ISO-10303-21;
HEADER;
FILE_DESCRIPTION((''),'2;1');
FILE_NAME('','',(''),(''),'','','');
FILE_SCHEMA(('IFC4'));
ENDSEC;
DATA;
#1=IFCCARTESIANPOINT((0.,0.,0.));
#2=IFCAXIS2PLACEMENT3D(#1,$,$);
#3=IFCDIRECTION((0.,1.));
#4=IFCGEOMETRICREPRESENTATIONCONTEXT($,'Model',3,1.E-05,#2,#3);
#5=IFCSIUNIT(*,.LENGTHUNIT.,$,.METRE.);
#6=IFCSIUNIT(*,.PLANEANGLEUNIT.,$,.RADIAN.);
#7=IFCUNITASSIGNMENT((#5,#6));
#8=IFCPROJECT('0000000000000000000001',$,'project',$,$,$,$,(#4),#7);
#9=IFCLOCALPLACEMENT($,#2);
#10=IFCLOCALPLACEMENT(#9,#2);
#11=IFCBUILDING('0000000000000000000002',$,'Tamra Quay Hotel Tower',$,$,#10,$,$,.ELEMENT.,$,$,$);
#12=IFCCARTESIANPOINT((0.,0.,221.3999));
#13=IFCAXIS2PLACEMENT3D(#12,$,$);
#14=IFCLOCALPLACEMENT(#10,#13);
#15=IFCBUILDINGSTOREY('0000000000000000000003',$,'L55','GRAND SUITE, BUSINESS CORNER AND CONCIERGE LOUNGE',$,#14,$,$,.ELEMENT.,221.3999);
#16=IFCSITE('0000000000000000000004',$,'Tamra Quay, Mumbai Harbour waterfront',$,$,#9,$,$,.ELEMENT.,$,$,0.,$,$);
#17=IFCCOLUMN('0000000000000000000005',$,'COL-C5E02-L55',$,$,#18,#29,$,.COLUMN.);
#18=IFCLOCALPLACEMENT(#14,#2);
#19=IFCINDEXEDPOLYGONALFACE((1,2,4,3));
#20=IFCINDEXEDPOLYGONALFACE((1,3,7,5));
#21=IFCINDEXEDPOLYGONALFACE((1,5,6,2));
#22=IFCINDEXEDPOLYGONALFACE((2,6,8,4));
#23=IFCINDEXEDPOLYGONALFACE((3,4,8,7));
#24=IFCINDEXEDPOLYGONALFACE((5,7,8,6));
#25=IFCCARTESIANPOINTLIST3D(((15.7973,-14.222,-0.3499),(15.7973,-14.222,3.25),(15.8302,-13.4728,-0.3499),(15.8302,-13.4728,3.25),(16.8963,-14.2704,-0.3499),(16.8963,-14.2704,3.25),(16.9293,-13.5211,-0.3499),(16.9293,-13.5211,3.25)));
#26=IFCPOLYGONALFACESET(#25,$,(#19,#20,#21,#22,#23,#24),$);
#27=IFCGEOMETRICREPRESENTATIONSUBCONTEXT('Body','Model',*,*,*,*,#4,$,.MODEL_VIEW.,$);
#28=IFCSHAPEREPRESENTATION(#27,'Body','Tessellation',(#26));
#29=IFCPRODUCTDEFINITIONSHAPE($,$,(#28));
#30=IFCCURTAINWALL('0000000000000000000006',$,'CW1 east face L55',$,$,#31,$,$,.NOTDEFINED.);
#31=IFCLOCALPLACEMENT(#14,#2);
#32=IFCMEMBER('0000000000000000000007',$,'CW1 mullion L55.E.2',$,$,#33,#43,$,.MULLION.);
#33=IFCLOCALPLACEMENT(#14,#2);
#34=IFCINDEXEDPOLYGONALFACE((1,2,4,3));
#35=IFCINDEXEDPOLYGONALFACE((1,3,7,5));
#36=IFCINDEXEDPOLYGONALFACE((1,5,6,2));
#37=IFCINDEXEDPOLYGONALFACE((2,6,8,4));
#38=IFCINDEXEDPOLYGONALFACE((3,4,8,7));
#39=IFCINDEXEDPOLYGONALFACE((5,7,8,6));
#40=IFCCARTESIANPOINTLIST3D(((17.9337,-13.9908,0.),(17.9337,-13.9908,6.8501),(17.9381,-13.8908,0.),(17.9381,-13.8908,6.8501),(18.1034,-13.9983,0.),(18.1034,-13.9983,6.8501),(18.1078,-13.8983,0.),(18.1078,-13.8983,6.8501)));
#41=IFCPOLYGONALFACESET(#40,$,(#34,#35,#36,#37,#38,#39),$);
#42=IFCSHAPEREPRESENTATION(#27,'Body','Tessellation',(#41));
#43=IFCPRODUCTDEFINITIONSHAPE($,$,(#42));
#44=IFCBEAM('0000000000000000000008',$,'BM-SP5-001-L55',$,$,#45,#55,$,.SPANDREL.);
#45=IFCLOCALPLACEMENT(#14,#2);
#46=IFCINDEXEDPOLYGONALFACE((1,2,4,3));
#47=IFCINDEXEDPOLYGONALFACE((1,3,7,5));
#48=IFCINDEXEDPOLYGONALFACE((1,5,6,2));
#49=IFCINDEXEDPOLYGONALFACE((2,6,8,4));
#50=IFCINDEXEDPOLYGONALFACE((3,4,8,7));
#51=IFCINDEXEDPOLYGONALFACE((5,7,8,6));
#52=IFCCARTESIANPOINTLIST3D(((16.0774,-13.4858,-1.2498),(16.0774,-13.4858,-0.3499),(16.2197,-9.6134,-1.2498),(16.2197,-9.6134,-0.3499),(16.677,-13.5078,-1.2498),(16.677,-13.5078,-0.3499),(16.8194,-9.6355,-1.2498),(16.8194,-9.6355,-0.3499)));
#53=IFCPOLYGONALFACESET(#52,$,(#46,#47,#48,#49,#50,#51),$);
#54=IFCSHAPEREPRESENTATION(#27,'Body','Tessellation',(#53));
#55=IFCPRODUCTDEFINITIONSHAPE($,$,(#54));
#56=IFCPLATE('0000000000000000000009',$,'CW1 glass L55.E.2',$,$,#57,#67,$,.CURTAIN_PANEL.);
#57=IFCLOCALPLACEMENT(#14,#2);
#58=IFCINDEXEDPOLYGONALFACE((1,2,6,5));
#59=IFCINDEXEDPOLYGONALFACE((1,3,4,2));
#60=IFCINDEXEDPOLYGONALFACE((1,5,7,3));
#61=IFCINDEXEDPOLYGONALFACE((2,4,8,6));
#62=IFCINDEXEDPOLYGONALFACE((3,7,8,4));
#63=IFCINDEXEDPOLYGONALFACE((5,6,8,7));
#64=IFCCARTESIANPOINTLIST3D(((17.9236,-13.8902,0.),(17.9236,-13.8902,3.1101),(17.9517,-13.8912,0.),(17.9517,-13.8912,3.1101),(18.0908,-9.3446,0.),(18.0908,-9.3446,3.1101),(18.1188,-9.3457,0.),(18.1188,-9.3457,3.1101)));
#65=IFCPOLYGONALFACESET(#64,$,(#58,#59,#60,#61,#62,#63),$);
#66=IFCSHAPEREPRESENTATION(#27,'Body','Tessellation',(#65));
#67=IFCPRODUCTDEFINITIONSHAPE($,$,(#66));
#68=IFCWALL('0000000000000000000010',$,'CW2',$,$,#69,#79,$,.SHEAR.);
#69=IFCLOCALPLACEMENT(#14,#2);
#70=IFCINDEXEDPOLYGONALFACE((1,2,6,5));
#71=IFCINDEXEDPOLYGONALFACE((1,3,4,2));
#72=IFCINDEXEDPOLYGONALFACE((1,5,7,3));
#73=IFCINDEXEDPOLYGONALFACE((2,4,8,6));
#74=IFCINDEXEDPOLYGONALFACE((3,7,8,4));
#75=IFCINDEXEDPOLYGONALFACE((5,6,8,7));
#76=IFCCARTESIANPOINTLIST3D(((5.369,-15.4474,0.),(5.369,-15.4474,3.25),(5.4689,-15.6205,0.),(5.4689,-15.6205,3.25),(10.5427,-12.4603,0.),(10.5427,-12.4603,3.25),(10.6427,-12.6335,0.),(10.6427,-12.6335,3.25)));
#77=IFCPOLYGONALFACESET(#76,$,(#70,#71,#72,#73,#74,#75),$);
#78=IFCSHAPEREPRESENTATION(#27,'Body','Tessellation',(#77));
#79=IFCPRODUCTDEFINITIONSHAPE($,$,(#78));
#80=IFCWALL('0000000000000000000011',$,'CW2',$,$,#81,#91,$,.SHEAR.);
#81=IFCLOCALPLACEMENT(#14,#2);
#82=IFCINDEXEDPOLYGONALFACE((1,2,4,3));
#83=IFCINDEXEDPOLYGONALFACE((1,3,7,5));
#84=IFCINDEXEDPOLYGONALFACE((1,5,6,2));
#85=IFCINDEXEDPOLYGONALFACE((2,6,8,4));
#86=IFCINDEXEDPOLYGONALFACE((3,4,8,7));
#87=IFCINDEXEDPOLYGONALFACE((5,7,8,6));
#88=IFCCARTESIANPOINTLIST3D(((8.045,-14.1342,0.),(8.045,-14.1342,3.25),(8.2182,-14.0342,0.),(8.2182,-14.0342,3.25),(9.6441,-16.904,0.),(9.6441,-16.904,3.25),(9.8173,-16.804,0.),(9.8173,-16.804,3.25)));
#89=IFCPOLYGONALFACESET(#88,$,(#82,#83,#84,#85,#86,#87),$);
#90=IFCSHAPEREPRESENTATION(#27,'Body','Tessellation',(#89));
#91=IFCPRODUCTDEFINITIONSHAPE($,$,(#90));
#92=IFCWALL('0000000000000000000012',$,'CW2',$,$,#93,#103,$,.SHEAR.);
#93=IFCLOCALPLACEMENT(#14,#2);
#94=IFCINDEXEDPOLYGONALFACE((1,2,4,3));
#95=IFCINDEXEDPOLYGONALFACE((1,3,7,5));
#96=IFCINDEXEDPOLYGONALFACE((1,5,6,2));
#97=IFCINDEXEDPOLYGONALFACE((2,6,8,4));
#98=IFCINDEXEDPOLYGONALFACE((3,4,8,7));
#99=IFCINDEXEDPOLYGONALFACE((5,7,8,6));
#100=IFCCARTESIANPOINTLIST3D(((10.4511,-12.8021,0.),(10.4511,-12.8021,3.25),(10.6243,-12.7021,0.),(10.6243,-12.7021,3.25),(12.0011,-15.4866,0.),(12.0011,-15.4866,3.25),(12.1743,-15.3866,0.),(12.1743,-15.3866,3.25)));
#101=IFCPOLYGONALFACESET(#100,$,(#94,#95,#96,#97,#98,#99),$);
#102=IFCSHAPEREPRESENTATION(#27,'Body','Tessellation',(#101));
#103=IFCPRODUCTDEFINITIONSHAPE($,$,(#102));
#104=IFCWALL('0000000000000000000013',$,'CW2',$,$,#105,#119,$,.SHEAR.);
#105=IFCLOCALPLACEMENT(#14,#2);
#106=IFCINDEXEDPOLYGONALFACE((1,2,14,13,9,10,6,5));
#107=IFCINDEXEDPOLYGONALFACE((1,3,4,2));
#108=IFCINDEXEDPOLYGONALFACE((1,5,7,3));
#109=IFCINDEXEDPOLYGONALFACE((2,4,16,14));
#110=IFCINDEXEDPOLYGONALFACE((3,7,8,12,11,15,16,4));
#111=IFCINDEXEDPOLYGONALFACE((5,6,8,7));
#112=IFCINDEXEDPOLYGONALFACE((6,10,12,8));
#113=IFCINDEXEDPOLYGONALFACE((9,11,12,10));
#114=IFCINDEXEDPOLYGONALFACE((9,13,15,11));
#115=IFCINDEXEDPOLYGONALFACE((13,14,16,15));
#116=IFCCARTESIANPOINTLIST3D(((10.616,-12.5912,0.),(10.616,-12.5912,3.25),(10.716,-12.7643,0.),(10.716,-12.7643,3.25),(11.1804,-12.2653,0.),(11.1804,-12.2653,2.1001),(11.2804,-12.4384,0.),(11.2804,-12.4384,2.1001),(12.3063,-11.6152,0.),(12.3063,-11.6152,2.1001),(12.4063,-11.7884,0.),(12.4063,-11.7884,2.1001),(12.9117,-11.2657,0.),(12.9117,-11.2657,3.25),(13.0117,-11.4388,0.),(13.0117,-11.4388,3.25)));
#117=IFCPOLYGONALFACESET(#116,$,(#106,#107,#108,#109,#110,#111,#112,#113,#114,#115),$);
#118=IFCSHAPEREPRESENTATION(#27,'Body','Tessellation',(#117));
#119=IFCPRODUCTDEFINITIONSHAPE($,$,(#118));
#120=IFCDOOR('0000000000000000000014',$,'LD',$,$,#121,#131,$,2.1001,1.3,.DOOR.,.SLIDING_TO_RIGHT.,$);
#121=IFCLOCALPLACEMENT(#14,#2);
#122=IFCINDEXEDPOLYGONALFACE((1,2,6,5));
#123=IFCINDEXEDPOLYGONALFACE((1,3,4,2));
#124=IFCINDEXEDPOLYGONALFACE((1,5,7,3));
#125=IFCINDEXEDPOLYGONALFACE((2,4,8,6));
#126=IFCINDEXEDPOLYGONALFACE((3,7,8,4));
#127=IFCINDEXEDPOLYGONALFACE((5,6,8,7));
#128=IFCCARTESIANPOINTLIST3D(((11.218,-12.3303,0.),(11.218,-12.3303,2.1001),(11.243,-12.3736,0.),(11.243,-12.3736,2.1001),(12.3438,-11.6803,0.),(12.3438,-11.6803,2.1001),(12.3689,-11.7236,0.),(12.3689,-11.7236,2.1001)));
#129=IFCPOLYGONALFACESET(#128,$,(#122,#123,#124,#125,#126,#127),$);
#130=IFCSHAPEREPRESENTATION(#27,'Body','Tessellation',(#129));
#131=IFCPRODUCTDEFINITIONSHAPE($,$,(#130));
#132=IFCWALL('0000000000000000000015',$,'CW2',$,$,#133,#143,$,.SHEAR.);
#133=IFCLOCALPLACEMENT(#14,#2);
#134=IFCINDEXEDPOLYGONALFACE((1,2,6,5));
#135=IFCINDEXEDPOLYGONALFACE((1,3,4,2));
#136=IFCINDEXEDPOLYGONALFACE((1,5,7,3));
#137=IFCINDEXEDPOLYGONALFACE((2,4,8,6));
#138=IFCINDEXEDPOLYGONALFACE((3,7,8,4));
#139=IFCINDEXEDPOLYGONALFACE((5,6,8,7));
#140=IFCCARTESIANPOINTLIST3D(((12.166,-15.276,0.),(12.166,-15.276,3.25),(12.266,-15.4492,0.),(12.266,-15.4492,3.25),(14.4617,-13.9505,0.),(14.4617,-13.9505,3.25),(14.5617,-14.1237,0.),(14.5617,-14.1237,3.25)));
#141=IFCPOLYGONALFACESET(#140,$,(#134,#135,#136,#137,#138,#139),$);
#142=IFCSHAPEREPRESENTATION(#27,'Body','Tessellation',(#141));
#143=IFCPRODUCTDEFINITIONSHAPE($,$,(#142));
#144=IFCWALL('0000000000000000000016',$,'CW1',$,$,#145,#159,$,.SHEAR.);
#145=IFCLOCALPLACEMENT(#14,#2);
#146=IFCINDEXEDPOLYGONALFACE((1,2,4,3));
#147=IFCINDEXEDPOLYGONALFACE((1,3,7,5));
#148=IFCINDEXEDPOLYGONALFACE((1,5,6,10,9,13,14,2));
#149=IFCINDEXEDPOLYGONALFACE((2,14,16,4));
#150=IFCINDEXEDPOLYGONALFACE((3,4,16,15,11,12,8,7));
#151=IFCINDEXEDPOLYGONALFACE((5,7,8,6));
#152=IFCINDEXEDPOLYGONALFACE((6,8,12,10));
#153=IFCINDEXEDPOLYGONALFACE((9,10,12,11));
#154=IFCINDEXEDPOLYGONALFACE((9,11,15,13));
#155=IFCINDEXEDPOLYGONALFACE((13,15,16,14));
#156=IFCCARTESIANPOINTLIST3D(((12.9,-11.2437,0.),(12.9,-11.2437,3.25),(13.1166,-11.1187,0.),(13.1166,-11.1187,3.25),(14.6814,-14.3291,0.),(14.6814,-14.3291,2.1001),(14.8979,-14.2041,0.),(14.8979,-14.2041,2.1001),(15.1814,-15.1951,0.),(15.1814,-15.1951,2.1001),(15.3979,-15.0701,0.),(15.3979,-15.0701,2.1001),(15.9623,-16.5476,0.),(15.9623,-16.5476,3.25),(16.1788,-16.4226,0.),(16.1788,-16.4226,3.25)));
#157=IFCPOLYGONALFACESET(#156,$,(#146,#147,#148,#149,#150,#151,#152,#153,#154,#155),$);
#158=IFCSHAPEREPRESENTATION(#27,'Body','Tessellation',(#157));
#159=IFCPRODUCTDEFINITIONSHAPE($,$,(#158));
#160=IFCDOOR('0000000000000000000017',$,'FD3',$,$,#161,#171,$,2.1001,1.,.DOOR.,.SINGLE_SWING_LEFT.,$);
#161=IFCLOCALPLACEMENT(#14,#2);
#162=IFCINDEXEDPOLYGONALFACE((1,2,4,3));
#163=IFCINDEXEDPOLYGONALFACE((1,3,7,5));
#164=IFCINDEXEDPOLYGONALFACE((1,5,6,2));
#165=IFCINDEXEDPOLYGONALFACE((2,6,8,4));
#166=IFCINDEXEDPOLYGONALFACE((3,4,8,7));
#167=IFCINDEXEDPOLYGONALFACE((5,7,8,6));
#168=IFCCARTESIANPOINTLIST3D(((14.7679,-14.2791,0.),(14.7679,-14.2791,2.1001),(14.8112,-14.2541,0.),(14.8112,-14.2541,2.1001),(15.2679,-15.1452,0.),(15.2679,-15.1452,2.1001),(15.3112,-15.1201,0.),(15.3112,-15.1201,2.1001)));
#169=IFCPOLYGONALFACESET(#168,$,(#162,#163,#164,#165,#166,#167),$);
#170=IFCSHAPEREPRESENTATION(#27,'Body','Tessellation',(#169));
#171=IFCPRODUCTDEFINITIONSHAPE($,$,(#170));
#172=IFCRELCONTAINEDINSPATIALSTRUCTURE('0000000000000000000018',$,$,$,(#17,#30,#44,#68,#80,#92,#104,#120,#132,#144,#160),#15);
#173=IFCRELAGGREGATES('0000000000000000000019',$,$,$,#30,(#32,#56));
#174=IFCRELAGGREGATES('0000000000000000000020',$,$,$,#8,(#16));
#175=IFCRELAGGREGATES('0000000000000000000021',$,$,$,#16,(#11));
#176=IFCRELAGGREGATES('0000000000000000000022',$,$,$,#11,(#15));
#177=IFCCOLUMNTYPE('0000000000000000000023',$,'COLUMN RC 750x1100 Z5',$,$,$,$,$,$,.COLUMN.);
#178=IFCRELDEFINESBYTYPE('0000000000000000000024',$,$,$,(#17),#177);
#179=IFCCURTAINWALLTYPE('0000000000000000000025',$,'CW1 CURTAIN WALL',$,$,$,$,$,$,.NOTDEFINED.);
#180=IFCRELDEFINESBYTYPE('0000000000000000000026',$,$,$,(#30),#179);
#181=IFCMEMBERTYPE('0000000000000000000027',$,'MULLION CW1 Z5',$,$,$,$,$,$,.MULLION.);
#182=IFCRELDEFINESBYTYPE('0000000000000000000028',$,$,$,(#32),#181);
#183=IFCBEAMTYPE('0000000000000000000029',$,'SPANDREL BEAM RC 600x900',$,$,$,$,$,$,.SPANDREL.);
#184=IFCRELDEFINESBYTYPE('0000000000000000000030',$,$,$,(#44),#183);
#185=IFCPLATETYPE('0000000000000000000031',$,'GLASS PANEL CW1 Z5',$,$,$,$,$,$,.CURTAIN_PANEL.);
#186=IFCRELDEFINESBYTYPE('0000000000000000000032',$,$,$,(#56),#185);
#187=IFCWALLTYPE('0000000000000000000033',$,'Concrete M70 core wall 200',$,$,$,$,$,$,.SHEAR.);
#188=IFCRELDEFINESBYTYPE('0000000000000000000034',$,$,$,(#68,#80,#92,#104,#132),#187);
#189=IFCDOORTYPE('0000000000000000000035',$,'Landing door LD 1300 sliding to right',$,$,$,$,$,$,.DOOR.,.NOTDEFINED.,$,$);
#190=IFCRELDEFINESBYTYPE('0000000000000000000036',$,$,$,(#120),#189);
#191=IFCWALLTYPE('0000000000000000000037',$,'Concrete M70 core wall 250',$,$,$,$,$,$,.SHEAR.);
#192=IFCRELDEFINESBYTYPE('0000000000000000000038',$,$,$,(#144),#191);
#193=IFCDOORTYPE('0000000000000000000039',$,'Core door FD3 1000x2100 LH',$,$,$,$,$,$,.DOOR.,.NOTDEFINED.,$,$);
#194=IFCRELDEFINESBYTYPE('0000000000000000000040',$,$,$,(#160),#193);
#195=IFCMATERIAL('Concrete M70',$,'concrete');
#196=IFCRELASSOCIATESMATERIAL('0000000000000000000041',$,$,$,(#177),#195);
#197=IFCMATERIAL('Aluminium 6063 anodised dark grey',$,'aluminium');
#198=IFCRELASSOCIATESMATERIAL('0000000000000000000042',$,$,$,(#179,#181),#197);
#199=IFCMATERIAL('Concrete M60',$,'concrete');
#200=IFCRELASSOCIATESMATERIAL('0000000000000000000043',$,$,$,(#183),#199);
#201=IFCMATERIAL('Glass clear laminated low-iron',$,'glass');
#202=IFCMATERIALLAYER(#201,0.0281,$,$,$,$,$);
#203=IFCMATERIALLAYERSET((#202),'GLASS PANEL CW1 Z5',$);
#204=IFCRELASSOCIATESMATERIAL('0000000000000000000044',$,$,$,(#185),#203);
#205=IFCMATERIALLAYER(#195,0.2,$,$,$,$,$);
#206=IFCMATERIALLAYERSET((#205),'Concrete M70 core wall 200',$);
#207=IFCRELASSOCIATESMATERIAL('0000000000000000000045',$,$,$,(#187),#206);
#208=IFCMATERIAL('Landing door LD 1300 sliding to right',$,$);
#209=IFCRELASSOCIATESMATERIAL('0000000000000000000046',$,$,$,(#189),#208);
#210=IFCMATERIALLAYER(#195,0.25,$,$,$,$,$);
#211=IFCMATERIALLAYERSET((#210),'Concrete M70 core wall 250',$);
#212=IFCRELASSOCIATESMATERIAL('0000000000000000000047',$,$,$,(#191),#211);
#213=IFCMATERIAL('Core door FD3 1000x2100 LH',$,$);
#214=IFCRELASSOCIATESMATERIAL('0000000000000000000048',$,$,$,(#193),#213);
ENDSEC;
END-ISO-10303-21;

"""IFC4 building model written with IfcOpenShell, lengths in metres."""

from ifc_helpers import new_model, si_unit, direction, frame, frame_2d, origin, origin_2d, place, context, subcontext, project, spatial, rectangle, extrude, material, layer, layer_set, material_profile, profile_set, type_object, element, fill, aggregate, save


model = new_model("IFC4")

# Units and contexts
model_context = context("Model", 3, precision=1e-05, world=origin(), true_north=direction((0.0, 1.0)))
body_context = subcontext(model_context, "Body", "Model", "MODEL_VIEW")
ifc_project = project(units=[si_unit("LENGTHUNIT", "METRE"), si_unit("PLANEANGLEUNIT", "RADIAN")], contexts=[model_context])

# Site, building, storey
site_placement = place(None, origin())
site = spatial("IfcSite", under=ifc_project, at=site_placement, Name="Tamra Quay, Mumbai Harbour waterfront", CompositionType="ELEMENT", RefElevation=0.0)
building_placement = place(site_placement, origin())
building = spatial("IfcBuilding", under=site, at=building_placement, Name="Tamra Quay Hotel Tower", CompositionType="ELEMENT")
storey_placement = place(building_placement, frame((0.0, 0.0, 221.3999)))
storey = spatial("IfcBuildingStorey", under=building, at=storey_placement, Name="L55", Description="GRAND SUITE, BUSINESS CORNER AND CONCIERGE LOUNGE", CompositionType="ELEMENT", Elevation=221.3999)

# Column
ifc_material_1 = material(Name="Concrete M70", Category="concrete")
ifc_material_profile_1 = material_profile(ifc_material_1, rectangle(XDim=1.1001, YDim=0.75, at=origin_2d()), Name="COLUMN RC 750x1100 Z5")
ifc_profile_set_1 = profile_set([ifc_material_profile_1], Name="Concrete M70")
column_type = type_object("IfcColumnType", Name="COLUMN RC 750x1100 Z5", PredefinedType="COLUMN", material=ifc_profile_set_1)
column_placement = place(storey_placement, frame((16.3633, -13.8716, -0.3499), z_axis=(0.0, 0.0, 1.0), x_axis=(-0.999033, 0.043958, 0.0)))
element("IfcColumn", 1, at=column_placement, inside=storey, type_object=column_type, Name="COL-C5E02-L55", PredefinedType="COLUMN", context=body_context, shape_type="SweptSolid", body=[
    extrude(rectangle(XDim=1.1001, YDim=0.75, at=origin_2d()), origin(), (0.0, 0.0, 1.0), 3.5999),
])

# Curtain wall, member
ifc_material_2 = material(Name="Aluminium 6063 anodised dark grey", Category="aluminium")
curtain_wall_type = type_object("IfcCurtainWallType", Name="CW1 CURTAIN WALL", PredefinedType="NOTDEFINED", material=ifc_material_2)
curtain_wall_placement = place(storey_placement, origin())
curtain_wall = element("IfcCurtainWall", 2, at=curtain_wall_placement, inside=storey, type_object=curtain_wall_type, Name="CW1 east face L55", PredefinedType="NOTDEFINED")
ifc_material_profile_2 = material_profile(ifc_material_2, rectangle(XDim=0.1699, YDim=0.1001, at=origin_2d()), Name="MULLION 100X170")
ifc_profile_set_2 = profile_set([ifc_material_profile_2], Name="Aluminium 6063 anodised dark grey")
member_type = type_object("IfcMemberType", Name="MULLION CW1 Z5", PredefinedType="MULLION", material=ifc_profile_set_2)
member_placement = place(storey_placement, frame((18.0208, -13.9446, 0.0), z_axis=(0.0, 0.0, 1.0), x_axis=(0.999028, -0.044075, 0.0)))
member = element("IfcMember", 3, at=member_placement, type_object=member_type, Name="CW1 mullion L55.E.2", PredefinedType="MULLION", context=body_context, shape_type="SweptSolid", body=[
    extrude(rectangle(XDim=0.1699, YDim=0.1001, at=origin_2d()), origin(), (0.0, 0.0, 1.0), 6.8501),
])

# Beam
ifc_material_3 = material(Name="Concrete M60", Category="concrete")
ifc_material_profile_3 = material_profile(ifc_material_3, rectangle(XDim=0.6001, YDim=0.8999, at=origin_2d()), Name="SPANDREL BEAM RC 600x900")
ifc_profile_set_3 = profile_set([ifc_material_profile_3], Name="Concrete M60")
beam_type = type_object("IfcBeamType", Name="SPANDREL BEAM RC 600x900", PredefinedType="SPANDREL", material=ifc_profile_set_3)
beam_placement = place(storey_placement, frame((16.3772, -13.4968, -0.7998), z_axis=(0.036732, 0.999325, 0.0), x_axis=(-0.999325, 0.036732, 0.0)))
element("IfcBeam", 4, at=beam_placement, inside=storey, type_object=beam_type, Name="BM-SP5-001-L55", PredefinedType="SPANDREL", context=body_context, shape_type="SweptSolid", body=[
    extrude(rectangle(XDim=0.6001, YDim=0.8999, at=origin_2d()), origin(), (0.0, 0.0, 1.0), 3.875),
])

# Plate
ifc_material_4 = material(Name="Glass clear laminated low-iron", Category="glass")
ifc_layer_1 = layer(ifc_material_4, 0.0281)
ifc_layer_set_1 = layer_set([ifc_layer_1], Name="GLASS PANEL CW1 Z5")
plate_type = type_object("IfcPlateType", Name="GLASS PANEL CW1 Z5", PredefinedType="CURTAIN_PANEL", material=ifc_layer_set_1)
plate_placement = place(storey_placement, frame((18.0212, -11.6179, 0.0), z_axis=(0.0, 0.0, 1.0), x_axis=(0.036745, 0.999325, 0.0)))
plate = element("IfcPlate", 5, at=plate_placement, type_object=plate_type, Name="CW1 glass L55.E.2", PredefinedType="CURTAIN_PANEL", context=body_context, shape_type="SweptSolid", body=[
    extrude(rectangle(XDim=4.5486, YDim=0.0281, at=origin_2d()), origin(), (0.0, 0.0, 1.0), 3.1101),
])
aggregate(curtain_wall, [member, plate])

# Walls
ifc_layer_2 = layer(ifc_material_1, 0.2)
ifc_layer_set_2 = layer_set([ifc_layer_2], Name="Concrete M70 core wall 200")
wall_type_1 = type_object("IfcWallType", Name="Concrete M70 core wall 200", PredefinedType="SHEAR", material=ifc_layer_set_2)
wall_1_placement = place(storey_placement, frame((5.4189, -15.5339, 0.0), z_axis=(0.0, 0.0, 1.0), x_axis=(0.866029, 0.499994, 0.0)))
element("IfcWall", 6, at=wall_1_placement, inside=storey, type_object=wall_type_1, Name="CW2", PredefinedType="SHEAR", context=body_context, shape_type="SweptSolid", body=[
    extrude(rectangle(XDim=5.9741, YDim=0.2, at=frame_2d((2.9871, 0.0))), origin(), (0.0, 0.0, 1.0), 3.25),
])
wall_2_placement = place(storey_placement, frame((8.1316, -14.0842, 0.0), z_axis=(0.0, 0.0, 1.0), x_axis=(0.499998, -0.866027, 0.0)))
element("IfcWall", 7, at=wall_2_placement, inside=storey, type_object=wall_type_1, Name="CW2", PredefinedType="SHEAR", context=body_context, shape_type="SweptSolid", body=[
    extrude(rectangle(XDim=3.1982, YDim=0.2, at=frame_2d((1.5991, 0.0))), origin(), (0.0, 0.0, 1.0), 3.25),
])
wall_3_placement = place(storey_placement, frame((12.0876, -15.4365, 0.0), z_axis=(0.0, 0.0, 1.0), x_axis=(-0.500027, 0.86601, 0.0)))
element("IfcWall", 8, at=wall_3_placement, inside=storey, type_object=wall_type_1, Name="CW2", PredefinedType="SHEAR", context=body_context, shape_type="SweptSolid", body=[
    extrude(rectangle(XDim=3.0999, YDim=0.2, at=frame_2d((1.5498, 0.0))), origin(), (0.0, 0.0, 1.0), 3.25),
])

# Wall, opening, door
wall_4_placement = place(storey_placement, frame((10.666, -12.6777, 0.0), z_axis=(0.0, 0.0, 1.0), x_axis=(0.866018, 0.500012, 0.0)))
wall_4 = element("IfcWall", 9, at=wall_4_placement, inside=storey, type_object=wall_type_1, Name="CW2", PredefinedType="SHEAR", context=body_context, shape_type="SweptSolid", body=[
    extrude(rectangle(XDim=2.6509, YDim=0.2, at=frame_2d((1.3254, 0.0))), origin(), (0.0, 0.0, 1.0), 3.25),
])
opening_1_placement = place(wall_4_placement, frame((0.6519, 0.0, 0.0)))
opening_1 = element("IfcOpeningElement", 10, at=opening_1_placement, cuts=wall_4, PredefinedType="OPENING", context=body_context, shape_type="SweptSolid", body=[
    extrude(rectangle(XDim=1.3, YDim=2.1001, at=frame_2d((0.6499, 1.05))), frame((0.0, 0.1099, 0.0), z_axis=(0.0, -1.0, 0.0), x_axis=(1.0, 0.0, 0.0)), (0.0, 0.0, 1.0), 0.22),
])
ifc_material_5 = material(Name="Landing door LD 1300 sliding to right")
door_type_1 = type_object("IfcDoorType", Name="Landing door LD 1300 sliding to right", OperationType="NOTDEFINED", PredefinedType="DOOR", material=ifc_material_5)
door_1_placement = place(opening_1_placement, origin())
door_1 = element("IfcDoor", 11, at=door_1_placement, inside=storey, type_object=door_type_1, Name="LD", OperationType="SLIDING_TO_RIGHT", OverallHeight=2.1001, OverallWidth=1.3, PredefinedType="DOOR", context=body_context, shape_type="SweptSolid", body=[
    extrude(rectangle(XDim=1.3, YDim=2.1001, at=frame_2d((0.6499, 1.05))), frame((0.0, 0.0249, 0.0), z_axis=(0.0, -1.0, 0.0), x_axis=(1.0, 0.0, 0.0)), (0.0, 0.0, 1.0), 0.05),
])
fill(opening_1, door_1)

# Wall
wall_5_placement = place(storey_placement, frame((14.5117, -14.0371, 0.0), z_axis=(0.0, 0.0, 1.0), x_axis=(-0.866018, -0.500012, 0.0)))
element("IfcWall", 12, at=wall_5_placement, inside=storey, type_object=wall_type_1, Name="CW2", PredefinedType="SHEAR", context=body_context, shape_type="SweptSolid", body=[
    extrude(rectangle(XDim=2.6509, YDim=0.2, at=frame_2d((1.3254, 0.0))), origin(), (0.0, 0.0, 1.0), 3.25),
])

# Wall, opening, door
ifc_layer_3 = layer(ifc_material_1, 0.25)
ifc_layer_set_3 = layer_set([ifc_layer_3], Name="Concrete M70 core wall 250")
wall_type_2 = type_object("IfcWallType", Name="Concrete M70 core wall 250", PredefinedType="SHEAR", material=ifc_layer_set_3)
wall_6_placement = place(storey_placement, frame((13.0083, -11.1812, 0.0), z_axis=(0.0, 0.0, 1.0), x_axis=(0.500002, -0.866024, 0.0)))
wall_6 = element("IfcWall", 13, at=wall_6_placement, inside=storey, type_object=wall_type_2, Name="CW1", PredefinedType="SHEAR", context=body_context, shape_type="SweptSolid", body=[
    extrude(rectangle(XDim=6.1245, YDim=0.25, at=frame_2d((3.0623, 0.0))), origin(), (0.0, 0.0, 1.0), 3.25),
])
opening_2_placement = place(wall_6_placement, frame((3.5627, 0.0, 0.0)))
opening_2 = element("IfcOpeningElement", 14, at=opening_2_placement, cuts=wall_6, PredefinedType="OPENING", context=body_context, shape_type="SweptSolid", body=[
    extrude(rectangle(XDim=1.0, YDim=2.1001, at=frame_2d((0.5, 1.05))), frame((0.0, 0.135, 0.0), z_axis=(0.0, -1.0, 0.0), x_axis=(1.0, 0.0, 0.0)), (0.0, 0.0, 1.0), 0.27),
])
ifc_material_6 = material(Name="Core door FD3 1000x2100 LH")
door_type_2 = type_object("IfcDoorType", Name="Core door FD3 1000x2100 LH", OperationType="NOTDEFINED", PredefinedType="DOOR", material=ifc_material_6)
door_2_placement = place(opening_2_placement, origin())
door_2 = element("IfcDoor", 15, at=door_2_placement, inside=storey, type_object=door_type_2, Name="FD3", OperationType="SINGLE_SWING_LEFT", OverallHeight=2.1001, OverallWidth=1.0, PredefinedType="DOOR", context=body_context, shape_type="SweptSolid", body=[
    extrude(rectangle(XDim=1.0, YDim=2.1001, at=frame_2d((0.5, 1.05))), frame((0.0, 0.0249, 0.0), z_axis=(0.0, -1.0, 0.0), x_axis=(1.0, 0.0, 0.0)), (0.0, 0.0, 1.0), 0.05),
])
fill(opening_2, door_2)

save(model, "model.ifc")
